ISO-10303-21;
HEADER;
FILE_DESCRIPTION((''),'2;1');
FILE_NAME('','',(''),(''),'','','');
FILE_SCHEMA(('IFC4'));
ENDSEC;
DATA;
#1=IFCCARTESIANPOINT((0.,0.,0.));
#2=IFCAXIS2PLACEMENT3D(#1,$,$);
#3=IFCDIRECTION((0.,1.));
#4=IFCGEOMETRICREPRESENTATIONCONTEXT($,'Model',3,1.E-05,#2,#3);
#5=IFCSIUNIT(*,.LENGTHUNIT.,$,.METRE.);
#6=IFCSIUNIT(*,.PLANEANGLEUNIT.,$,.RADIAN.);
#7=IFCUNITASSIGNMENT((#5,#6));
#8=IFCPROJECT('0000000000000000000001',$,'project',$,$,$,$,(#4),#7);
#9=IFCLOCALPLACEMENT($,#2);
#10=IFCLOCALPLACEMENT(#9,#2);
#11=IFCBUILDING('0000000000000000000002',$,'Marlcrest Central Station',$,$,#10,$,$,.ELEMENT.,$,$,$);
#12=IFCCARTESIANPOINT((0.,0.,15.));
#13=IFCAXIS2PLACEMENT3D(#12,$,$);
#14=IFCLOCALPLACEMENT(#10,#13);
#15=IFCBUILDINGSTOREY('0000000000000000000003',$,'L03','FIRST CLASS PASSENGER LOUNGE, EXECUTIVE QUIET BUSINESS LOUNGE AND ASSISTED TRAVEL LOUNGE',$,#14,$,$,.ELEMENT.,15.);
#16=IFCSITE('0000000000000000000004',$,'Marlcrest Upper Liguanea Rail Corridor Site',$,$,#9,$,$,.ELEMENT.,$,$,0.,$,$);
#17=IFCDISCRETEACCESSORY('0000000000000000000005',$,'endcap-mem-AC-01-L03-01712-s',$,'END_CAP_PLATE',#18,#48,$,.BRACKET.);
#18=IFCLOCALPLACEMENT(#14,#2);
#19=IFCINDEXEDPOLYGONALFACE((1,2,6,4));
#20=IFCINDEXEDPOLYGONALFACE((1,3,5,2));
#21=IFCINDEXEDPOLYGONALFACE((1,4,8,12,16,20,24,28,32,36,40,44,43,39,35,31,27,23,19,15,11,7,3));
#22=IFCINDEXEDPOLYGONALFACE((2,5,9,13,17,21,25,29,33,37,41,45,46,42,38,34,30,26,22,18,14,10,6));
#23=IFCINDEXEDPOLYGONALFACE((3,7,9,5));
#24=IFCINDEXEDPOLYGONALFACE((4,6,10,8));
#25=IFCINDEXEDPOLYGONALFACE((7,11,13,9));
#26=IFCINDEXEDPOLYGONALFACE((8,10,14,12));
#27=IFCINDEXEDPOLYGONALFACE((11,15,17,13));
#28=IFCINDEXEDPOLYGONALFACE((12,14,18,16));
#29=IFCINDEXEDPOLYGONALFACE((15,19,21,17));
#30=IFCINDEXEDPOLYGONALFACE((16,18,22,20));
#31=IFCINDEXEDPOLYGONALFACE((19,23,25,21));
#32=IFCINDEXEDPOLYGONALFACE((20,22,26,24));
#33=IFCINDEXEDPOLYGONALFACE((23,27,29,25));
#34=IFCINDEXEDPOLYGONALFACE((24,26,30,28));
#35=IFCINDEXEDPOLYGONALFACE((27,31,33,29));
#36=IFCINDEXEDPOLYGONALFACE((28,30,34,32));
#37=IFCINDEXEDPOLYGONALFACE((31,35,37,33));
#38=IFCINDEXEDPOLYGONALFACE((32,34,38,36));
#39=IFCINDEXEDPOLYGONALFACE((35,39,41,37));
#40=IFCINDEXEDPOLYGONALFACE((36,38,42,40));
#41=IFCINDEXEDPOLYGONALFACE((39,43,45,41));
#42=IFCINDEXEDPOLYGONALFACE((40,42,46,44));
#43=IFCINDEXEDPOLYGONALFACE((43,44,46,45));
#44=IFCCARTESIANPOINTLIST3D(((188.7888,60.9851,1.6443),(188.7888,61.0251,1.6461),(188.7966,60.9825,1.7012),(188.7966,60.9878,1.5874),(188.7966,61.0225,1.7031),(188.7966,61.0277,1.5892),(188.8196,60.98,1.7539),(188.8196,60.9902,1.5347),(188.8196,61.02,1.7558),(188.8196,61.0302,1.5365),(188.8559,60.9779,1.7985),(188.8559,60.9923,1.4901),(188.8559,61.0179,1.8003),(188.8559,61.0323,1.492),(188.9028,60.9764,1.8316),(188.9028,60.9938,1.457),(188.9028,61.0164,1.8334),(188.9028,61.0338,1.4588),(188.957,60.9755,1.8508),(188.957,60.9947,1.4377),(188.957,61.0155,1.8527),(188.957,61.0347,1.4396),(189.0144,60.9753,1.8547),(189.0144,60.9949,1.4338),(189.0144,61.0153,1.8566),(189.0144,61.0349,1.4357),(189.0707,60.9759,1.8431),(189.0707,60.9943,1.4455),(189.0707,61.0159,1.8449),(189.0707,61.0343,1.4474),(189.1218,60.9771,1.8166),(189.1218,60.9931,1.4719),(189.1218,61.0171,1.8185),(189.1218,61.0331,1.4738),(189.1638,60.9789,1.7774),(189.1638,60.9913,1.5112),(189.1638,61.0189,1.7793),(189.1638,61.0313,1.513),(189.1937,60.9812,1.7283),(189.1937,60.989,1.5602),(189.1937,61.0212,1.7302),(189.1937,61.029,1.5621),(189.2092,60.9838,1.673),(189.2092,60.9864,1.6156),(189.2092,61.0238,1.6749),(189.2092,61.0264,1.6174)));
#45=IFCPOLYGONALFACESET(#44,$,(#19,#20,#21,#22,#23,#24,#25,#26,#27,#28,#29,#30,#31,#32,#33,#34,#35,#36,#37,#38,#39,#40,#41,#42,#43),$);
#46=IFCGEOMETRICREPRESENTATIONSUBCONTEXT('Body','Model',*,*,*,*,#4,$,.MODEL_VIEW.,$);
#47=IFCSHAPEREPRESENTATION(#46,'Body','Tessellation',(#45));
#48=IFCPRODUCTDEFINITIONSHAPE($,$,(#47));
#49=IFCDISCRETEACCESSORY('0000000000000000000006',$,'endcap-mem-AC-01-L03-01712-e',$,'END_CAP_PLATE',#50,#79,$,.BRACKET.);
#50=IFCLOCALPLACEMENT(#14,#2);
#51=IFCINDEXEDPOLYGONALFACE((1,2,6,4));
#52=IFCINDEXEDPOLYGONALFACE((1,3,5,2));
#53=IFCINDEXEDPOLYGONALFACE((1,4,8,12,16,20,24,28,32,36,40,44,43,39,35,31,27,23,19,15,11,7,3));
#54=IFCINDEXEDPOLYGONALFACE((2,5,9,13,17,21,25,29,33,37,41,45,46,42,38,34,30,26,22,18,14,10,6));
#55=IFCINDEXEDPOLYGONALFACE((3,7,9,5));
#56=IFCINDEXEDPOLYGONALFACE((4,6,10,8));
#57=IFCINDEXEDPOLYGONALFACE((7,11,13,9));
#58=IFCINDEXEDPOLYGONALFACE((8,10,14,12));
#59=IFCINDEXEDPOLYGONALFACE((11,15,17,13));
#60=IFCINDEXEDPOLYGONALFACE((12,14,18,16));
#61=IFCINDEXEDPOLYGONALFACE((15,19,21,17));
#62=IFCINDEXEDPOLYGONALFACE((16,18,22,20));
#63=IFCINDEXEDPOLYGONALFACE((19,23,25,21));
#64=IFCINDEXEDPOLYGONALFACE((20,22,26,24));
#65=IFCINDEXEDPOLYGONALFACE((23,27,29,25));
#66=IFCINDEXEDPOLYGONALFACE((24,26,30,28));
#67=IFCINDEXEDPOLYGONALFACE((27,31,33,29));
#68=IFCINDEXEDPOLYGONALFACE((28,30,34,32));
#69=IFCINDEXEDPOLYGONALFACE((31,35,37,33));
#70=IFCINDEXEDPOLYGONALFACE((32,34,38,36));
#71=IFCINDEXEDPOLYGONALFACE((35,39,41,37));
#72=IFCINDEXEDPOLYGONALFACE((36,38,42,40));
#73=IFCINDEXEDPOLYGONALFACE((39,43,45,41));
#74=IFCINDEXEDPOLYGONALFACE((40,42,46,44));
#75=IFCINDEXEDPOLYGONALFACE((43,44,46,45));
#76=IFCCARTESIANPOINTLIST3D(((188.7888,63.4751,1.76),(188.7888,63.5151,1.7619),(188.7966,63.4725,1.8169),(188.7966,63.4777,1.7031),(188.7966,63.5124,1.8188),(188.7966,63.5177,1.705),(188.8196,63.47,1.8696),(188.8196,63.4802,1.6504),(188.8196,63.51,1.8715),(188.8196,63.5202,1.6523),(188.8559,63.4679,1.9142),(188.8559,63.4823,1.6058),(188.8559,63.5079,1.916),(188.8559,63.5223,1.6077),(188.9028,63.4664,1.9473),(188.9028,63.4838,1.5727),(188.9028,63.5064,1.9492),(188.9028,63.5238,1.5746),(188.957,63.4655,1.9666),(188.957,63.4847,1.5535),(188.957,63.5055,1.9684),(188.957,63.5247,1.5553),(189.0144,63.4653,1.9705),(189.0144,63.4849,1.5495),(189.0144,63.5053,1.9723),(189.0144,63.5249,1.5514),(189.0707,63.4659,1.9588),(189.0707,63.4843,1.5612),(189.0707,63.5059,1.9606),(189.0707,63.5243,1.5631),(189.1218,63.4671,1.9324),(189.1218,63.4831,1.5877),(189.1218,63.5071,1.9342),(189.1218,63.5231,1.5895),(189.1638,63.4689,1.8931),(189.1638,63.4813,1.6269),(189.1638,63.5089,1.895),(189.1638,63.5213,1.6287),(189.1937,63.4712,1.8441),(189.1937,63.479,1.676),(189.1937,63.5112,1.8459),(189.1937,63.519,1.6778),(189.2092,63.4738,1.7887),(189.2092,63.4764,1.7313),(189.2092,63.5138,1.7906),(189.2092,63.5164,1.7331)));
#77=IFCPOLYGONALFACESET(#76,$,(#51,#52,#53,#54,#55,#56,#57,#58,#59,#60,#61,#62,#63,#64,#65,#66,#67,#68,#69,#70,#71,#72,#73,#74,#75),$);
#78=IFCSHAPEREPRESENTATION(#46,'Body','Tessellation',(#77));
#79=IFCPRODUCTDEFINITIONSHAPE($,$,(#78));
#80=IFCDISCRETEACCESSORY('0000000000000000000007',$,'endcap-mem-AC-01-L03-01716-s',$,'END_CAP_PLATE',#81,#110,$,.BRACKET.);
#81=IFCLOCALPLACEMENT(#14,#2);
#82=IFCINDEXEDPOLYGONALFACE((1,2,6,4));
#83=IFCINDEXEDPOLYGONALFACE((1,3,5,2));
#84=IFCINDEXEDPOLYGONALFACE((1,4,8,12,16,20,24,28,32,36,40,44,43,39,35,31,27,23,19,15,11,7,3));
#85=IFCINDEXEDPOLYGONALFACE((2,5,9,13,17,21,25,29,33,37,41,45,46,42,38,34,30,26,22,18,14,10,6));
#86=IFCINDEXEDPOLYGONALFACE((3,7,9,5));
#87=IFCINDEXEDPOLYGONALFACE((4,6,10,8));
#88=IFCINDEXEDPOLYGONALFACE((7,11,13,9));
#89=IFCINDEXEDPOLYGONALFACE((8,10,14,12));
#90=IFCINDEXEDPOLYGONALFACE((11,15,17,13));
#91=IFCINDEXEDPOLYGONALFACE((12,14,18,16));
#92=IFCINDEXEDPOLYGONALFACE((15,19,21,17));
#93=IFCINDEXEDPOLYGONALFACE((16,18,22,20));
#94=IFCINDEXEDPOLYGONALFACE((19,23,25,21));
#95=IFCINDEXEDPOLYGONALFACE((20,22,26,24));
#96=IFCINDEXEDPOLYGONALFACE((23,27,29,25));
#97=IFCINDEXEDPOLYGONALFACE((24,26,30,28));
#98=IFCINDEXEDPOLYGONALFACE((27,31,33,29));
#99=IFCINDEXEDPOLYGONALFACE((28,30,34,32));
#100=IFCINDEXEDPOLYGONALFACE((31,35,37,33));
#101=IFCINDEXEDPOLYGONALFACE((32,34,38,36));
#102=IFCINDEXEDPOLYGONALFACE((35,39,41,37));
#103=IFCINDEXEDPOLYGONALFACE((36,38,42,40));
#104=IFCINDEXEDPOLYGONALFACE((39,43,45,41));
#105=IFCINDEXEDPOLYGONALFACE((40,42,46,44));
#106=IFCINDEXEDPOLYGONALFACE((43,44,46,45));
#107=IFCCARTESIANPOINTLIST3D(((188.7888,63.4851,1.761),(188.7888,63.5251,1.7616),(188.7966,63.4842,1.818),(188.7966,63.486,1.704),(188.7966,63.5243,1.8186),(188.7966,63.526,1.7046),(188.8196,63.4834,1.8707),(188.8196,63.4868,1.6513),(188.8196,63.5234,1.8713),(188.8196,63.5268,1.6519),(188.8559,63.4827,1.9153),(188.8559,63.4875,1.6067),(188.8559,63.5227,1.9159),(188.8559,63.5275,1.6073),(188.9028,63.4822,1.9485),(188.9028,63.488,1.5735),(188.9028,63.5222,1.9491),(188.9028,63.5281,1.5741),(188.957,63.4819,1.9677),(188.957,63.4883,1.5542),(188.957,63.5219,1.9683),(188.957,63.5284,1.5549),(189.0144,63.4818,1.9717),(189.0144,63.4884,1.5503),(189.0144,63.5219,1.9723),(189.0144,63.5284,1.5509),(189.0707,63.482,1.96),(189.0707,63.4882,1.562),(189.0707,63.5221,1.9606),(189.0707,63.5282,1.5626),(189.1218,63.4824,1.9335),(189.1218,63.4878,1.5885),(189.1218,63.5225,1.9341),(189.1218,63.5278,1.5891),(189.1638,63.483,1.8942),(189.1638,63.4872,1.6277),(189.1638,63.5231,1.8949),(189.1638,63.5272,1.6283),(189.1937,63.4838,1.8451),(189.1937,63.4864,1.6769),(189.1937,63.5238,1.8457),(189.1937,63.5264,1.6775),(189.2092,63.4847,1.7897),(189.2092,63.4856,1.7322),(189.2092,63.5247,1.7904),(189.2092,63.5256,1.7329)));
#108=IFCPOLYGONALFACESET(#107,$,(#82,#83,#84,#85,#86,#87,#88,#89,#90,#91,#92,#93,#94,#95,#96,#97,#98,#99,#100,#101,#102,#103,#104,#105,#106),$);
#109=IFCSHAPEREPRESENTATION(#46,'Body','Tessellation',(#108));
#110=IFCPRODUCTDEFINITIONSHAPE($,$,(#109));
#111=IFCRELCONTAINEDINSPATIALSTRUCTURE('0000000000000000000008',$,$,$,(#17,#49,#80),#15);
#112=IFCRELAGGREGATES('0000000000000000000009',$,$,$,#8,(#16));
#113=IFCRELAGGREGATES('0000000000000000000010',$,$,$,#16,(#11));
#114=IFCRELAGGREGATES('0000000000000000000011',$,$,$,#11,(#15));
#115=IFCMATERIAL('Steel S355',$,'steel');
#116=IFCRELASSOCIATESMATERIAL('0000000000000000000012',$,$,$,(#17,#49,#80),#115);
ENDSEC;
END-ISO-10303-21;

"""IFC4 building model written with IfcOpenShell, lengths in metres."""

from ifc_helpers import new_model, si_unit, direction, frame, origin, origin_2d, place, context, subcontext, project, spatial, circle, extrude, material, element, save


model = new_model("IFC4")

# Units and contexts
model_context = context("Model", 3, precision=1e-05, world=origin(), true_north=direction((0.0, 1.0)))
body_context = subcontext(model_context, "Body", "Model", "MODEL_VIEW")
ifc_project = project(units=[si_unit("LENGTHUNIT", "METRE"), si_unit("PLANEANGLEUNIT", "RADIAN")], contexts=[model_context])

# Site, building, storey
site_placement = place(None, origin())
site = spatial("IfcSite", under=ifc_project, at=site_placement, Name="Marlcrest Upper Liguanea Rail Corridor Site", CompositionType="ELEMENT", RefElevation=0.0)
building_placement = place(site_placement, origin())
building = spatial("IfcBuilding", under=site, at=building_placement, Name="Marlcrest Central Station", CompositionType="ELEMENT")
storey_placement = place(building_placement, frame((0.0, 0.0, 15.0)))
storey = spatial("IfcBuildingStorey", under=building, at=storey_placement, Name="L03", Description="FIRST CLASS PASSENGER LOUNGE, EXECUTIVE QUIET BUSINESS LOUNGE AND ASSISTED TRAVEL LOUNGE", CompositionType="ELEMENT", Elevation=15.0)

# Shared definitions
ifc_material_1 = material(Name="Steel S355", Category="steel")

# Discrete accessories
for number, where, z_axis, x_axis, name in (
    (1, (189.0, 60.9851, 1.6443), (0.0, 0.998921, 0.046434), (-1.0, 0.0, 0.0), "endcap-mem-AC-01-L03-01712-s"),
    (2, (189.0, 63.4751, 1.76), (0.0, 0.998921, 0.046434), (-1.0, 0.0, 0.0), "endcap-mem-AC-01-L03-01712-e"),
    (3, (189.0, 63.4851, 1.761), (0.0, 0.999879, 0.015525), (-1.0, 0.0, 0.0), "endcap-mem-AC-01-L03-01716-s"),
):
    element("IfcDiscreteAccessory", number, at=place(storey_placement, frame(where, z_axis=z_axis, x_axis=x_axis)), inside=storey, material=ifc_material_1, Name=name, ObjectType="END_CAP_PLATE", PredefinedType="BRACKET", context=body_context, shape_type="SweptSolid", body=[
        extrude(circle(Radius=0.2112, at=origin_2d()), origin(), (0.0, 0.0, 1.0), 0.04),
    ])

save(model, "model.ifc")
